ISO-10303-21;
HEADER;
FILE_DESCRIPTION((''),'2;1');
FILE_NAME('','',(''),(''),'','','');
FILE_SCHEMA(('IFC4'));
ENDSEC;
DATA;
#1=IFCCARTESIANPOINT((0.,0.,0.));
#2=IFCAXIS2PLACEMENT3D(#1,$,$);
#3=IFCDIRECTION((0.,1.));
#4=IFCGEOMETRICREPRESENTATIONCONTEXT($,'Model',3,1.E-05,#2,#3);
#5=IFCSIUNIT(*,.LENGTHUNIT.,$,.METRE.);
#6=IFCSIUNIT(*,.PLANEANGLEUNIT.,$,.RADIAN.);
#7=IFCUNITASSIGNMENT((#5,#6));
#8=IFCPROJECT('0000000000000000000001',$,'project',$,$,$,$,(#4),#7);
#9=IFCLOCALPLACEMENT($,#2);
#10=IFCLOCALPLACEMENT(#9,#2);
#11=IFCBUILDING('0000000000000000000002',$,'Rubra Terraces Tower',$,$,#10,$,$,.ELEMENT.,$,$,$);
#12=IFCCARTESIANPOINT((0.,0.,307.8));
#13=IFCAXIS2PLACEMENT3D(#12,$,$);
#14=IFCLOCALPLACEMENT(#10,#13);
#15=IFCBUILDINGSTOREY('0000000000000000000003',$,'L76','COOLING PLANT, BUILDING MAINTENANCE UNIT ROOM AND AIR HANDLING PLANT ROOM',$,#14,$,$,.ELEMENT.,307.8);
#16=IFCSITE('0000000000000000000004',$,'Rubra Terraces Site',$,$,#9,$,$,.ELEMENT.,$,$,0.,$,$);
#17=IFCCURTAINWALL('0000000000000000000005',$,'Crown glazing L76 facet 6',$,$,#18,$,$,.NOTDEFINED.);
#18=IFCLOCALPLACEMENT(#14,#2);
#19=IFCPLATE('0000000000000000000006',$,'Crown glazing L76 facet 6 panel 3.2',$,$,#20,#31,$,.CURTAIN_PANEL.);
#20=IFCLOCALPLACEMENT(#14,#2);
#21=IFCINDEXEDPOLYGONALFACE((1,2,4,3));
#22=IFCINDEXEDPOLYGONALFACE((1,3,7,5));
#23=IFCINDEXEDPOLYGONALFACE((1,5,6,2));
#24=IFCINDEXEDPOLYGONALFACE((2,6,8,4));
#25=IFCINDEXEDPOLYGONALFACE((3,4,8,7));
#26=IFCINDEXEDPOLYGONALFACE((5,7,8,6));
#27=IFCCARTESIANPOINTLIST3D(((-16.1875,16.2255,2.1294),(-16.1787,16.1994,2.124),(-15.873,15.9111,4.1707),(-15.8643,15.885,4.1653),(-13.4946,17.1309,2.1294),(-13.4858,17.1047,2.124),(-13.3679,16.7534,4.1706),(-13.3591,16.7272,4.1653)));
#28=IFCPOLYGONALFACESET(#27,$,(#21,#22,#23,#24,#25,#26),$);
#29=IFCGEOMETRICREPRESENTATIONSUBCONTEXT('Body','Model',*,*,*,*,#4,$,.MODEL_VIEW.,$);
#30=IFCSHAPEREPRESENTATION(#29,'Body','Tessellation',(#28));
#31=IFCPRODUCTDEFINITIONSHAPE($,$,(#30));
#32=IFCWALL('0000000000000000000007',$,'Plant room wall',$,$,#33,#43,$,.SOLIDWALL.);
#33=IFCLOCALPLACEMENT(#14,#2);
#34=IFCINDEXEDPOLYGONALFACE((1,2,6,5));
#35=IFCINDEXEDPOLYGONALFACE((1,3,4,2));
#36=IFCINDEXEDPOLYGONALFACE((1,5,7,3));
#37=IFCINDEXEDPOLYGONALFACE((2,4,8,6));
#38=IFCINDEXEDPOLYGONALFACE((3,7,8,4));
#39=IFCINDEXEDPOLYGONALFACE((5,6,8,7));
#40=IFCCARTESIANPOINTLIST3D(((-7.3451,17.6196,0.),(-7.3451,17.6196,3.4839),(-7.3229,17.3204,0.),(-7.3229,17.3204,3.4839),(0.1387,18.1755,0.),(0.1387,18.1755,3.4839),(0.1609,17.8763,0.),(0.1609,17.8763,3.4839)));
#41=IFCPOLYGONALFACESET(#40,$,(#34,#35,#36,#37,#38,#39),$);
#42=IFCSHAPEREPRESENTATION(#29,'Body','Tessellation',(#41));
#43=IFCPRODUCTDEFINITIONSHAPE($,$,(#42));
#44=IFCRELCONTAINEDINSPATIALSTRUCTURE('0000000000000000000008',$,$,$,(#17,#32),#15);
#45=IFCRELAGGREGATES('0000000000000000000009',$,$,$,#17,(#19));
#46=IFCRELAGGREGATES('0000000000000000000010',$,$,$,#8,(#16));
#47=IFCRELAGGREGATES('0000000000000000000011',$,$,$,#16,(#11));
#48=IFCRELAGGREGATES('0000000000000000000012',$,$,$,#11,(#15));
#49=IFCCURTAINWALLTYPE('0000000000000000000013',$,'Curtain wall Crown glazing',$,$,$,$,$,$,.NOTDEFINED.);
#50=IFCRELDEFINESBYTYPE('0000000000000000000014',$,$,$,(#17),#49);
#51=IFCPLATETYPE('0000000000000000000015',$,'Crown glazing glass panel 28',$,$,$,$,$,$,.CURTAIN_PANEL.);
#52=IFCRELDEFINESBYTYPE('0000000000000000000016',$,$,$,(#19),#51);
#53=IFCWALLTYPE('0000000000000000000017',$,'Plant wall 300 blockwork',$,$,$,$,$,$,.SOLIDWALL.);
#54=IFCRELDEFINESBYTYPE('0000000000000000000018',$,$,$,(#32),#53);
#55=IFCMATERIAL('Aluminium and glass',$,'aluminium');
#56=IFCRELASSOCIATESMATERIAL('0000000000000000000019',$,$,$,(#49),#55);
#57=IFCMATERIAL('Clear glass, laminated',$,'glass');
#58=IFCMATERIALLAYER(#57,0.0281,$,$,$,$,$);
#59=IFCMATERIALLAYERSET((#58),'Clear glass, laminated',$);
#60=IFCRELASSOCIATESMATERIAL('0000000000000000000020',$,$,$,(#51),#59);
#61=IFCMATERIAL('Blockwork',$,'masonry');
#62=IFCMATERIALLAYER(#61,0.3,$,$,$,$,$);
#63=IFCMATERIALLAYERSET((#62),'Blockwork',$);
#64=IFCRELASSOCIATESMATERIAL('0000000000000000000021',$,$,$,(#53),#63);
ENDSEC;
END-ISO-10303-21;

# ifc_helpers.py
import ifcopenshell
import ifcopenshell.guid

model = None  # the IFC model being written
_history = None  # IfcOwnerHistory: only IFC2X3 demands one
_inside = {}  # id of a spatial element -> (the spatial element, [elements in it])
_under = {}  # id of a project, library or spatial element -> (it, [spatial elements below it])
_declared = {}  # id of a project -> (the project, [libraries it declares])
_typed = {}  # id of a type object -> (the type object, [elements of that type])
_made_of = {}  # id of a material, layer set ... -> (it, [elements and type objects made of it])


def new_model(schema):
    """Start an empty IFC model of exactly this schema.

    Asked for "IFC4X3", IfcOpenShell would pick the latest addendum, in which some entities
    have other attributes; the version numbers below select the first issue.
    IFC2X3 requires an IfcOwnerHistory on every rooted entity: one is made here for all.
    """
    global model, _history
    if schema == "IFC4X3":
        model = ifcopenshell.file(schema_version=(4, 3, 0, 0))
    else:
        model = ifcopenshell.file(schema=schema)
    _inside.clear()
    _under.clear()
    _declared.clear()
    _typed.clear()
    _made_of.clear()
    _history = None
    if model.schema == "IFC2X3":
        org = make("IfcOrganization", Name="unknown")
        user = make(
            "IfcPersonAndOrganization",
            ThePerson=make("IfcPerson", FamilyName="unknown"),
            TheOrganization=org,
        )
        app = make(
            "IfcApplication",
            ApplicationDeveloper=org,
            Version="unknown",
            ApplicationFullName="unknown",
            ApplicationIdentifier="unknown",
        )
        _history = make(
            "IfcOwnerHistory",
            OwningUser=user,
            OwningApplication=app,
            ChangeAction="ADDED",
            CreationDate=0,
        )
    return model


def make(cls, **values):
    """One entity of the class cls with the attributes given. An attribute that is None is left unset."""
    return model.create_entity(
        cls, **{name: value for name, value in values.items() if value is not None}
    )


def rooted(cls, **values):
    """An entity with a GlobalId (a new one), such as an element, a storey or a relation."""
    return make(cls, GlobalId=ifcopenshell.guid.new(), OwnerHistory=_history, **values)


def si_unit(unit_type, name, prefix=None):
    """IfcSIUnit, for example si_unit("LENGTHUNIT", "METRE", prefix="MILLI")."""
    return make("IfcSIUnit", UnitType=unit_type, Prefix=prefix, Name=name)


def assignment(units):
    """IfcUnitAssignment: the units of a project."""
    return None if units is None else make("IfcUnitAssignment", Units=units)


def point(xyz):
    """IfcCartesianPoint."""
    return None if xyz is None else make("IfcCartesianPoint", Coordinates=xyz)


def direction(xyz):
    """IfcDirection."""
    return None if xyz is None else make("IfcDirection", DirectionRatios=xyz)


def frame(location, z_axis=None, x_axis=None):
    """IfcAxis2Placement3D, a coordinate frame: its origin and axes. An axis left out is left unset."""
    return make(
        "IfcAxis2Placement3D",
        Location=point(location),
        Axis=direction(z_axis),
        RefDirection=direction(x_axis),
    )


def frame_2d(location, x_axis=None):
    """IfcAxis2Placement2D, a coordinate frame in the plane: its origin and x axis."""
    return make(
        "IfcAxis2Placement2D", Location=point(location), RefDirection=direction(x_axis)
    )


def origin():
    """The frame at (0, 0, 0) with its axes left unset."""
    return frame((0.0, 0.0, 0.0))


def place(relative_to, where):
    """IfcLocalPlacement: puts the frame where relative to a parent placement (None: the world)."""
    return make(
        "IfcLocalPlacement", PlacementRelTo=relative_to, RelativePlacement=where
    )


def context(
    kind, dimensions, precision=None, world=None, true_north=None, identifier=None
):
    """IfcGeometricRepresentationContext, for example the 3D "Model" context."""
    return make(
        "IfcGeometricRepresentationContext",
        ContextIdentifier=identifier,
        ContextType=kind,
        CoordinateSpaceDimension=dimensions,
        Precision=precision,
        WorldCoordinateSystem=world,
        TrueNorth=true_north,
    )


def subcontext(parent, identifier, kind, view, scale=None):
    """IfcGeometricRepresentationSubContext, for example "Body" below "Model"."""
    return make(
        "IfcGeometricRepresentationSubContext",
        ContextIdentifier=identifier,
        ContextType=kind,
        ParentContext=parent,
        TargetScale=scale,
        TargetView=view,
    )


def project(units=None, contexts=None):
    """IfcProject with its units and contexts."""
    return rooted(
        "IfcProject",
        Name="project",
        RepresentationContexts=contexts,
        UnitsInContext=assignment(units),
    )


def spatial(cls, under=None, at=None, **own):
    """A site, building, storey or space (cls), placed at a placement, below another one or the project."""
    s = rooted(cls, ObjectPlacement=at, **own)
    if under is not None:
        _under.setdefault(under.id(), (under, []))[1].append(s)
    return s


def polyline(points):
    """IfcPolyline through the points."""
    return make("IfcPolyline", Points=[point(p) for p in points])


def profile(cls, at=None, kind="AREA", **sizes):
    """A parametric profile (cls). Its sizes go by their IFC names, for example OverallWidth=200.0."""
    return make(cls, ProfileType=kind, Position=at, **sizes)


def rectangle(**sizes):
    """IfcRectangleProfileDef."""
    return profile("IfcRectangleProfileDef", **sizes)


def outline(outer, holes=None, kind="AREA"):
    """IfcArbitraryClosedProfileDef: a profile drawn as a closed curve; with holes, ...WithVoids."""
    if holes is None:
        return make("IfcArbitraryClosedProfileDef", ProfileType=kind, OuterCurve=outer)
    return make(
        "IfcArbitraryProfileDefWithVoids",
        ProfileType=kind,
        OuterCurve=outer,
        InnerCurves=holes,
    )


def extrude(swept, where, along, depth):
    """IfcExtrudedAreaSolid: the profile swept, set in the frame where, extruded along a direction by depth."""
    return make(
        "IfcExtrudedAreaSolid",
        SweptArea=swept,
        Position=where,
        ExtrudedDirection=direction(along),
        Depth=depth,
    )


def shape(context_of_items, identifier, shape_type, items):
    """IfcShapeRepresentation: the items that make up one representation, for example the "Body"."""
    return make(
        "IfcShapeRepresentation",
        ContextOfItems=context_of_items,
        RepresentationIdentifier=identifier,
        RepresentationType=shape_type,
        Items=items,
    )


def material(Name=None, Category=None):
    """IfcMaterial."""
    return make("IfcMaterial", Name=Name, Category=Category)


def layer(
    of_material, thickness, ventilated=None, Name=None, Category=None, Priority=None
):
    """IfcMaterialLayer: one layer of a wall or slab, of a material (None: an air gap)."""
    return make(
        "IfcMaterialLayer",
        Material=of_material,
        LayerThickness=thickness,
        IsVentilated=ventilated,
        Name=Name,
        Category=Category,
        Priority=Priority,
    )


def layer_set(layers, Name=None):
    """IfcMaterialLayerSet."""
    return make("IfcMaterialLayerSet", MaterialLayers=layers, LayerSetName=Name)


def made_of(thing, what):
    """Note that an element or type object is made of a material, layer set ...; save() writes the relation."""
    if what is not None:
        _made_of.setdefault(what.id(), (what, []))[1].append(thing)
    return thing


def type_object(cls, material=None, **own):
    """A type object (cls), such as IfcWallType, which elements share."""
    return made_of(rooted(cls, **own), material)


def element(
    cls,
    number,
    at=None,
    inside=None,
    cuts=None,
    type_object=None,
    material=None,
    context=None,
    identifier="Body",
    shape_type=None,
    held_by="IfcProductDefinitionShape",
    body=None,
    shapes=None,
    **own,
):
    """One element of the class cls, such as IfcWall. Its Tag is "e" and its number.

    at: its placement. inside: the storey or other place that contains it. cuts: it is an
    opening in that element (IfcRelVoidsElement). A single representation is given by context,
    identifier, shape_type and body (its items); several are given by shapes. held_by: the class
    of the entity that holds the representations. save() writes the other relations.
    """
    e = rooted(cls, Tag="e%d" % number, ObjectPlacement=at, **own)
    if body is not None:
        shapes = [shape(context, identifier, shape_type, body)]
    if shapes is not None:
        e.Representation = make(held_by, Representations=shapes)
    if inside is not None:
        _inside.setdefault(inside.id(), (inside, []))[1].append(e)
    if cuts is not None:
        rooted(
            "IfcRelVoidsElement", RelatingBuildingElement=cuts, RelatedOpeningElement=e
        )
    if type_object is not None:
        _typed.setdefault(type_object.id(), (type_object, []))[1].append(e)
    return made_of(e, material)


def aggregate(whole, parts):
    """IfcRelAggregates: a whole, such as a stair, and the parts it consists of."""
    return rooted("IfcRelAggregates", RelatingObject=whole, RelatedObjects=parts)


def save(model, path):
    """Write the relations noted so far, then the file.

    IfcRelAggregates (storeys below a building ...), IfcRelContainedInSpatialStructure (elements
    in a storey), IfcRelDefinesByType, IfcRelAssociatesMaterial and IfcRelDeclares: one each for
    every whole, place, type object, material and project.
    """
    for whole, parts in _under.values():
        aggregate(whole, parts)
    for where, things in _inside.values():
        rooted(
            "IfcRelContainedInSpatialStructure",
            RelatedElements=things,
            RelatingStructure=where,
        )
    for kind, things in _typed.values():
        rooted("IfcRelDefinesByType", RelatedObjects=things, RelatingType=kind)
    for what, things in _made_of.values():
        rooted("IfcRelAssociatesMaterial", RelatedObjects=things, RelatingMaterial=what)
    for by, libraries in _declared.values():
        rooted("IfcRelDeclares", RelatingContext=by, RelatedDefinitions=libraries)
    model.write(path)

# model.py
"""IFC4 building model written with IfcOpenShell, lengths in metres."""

from ifc_helpers import new_model, si_unit, direction, frame, frame_2d, origin, place, context, subcontext, project, spatial, polyline, rectangle, outline, extrude, material, layer, layer_set, type_object, element, aggregate, save


model = new_model("IFC4")

# Units and contexts
model_context = context("Model", 3, precision=1e-05, world=origin(), true_north=direction((0.0, 1.0)))
body_context = subcontext(model_context, "Body", "Model", "MODEL_VIEW")
ifc_project = project(units=[si_unit("LENGTHUNIT", "METRE"), si_unit("PLANEANGLEUNIT", "RADIAN")], contexts=[model_context])

# Site, building, storey
site_placement = place(None, origin())
site = spatial("IfcSite", under=ifc_project, at=site_placement, Name="Rubra Terraces Site", CompositionType="ELEMENT", RefElevation=0.0)
building_placement = place(site_placement, origin())
building = spatial("IfcBuilding", under=site, at=building_placement, Name="Rubra Terraces Tower", CompositionType="ELEMENT")
storey_placement = place(building_placement, frame((0.0, 0.0, 307.8)))
storey = spatial("IfcBuildingStorey", under=building, at=storey_placement, Name="L76", Description="COOLING PLANT, BUILDING MAINTENANCE UNIT ROOM AND AIR HANDLING PLANT ROOM", CompositionType="ELEMENT", Elevation=307.8)

# Curtain wall
ifc_material_1 = material(Name="Aluminium and glass", Category="aluminium")
curtain_wall_type = type_object("IfcCurtainWallType", Name="Curtain wall Crown glazing", PredefinedType="NOTDEFINED", material=ifc_material_1)
curtain_wall_1_placement = place(storey_placement, origin())
curtain_wall_1 = element("IfcCurtainWall", 1, at=curtain_wall_1_placement, inside=storey, type_object=curtain_wall_type, Name="Crown glazing L76 facet 6", PredefinedType="NOTDEFINED")

# Plate
ifc_material_2 = material(Name="Clear glass, laminated", Category="glass")
ifc_layer_1 = layer(ifc_material_2, 0.0281)
ifc_layer_set_1 = layer_set([ifc_layer_1], Name="Clear glass, laminated")
plate_type = type_object("IfcPlateType", Name="Crown glazing glass panel 28", PredefinedType="CURTAIN_PANEL", material=ifc_layer_set_1)
plate_1_placement = place(storey_placement, frame((-13.4946, 17.1309, 2.1294), z_axis=(-0.312775, 0.930329, 0.191468), x_axis=(-0.947866, -0.31867, -0.000004)))
plate_1 = element("IfcPlate", 2, at=plate_1_placement, type_object=plate_type, Name="Crown glazing L76 facet 6 panel 3.2", PredefinedType="CURTAIN_PANEL", context=body_context, shape_type="SweptSolid", body=[
    extrude(outline(polyline([(0.0, 0.0), (2.841, 0.0), (2.6431, 2.0797), (0.0002, 2.0797), (0.0, 0.0)])), origin(), (0.0, 0.0, -1.0), 0.0281),
])
aggregate(curtain_wall_1, [plate_1])

# Wall
ifc_material_3 = material(Name="Blockwork", Category="masonry")
ifc_layer_2 = layer(ifc_material_3, 0.3)
ifc_layer_set_2 = layer_set([ifc_layer_2], Name="Blockwork")
wall_type = type_object("IfcWallType", Name="Plant wall 300 blockwork", PredefinedType="SOLIDWALL", material=ifc_layer_set_2)
wall_placement = place(storey_placement, frame((-7.334, 17.47, 0.0), z_axis=(0.0, 0.0, 1.0), x_axis=(0.997253, 0.074077, 0.0)))
element("IfcWall", 3, at=wall_placement, inside=storey, type_object=wall_type, Name="Plant room wall", PredefinedType="SOLIDWALL", context=body_context, shape_type="SweptSolid", body=[
    extrude(rectangle(XDim=7.5044, YDim=0.3, at=frame_2d((3.7522, 0.0))), origin(), (0.0, 0.0, 1.0), 3.4839),
])

save(model, "model.ifc")
